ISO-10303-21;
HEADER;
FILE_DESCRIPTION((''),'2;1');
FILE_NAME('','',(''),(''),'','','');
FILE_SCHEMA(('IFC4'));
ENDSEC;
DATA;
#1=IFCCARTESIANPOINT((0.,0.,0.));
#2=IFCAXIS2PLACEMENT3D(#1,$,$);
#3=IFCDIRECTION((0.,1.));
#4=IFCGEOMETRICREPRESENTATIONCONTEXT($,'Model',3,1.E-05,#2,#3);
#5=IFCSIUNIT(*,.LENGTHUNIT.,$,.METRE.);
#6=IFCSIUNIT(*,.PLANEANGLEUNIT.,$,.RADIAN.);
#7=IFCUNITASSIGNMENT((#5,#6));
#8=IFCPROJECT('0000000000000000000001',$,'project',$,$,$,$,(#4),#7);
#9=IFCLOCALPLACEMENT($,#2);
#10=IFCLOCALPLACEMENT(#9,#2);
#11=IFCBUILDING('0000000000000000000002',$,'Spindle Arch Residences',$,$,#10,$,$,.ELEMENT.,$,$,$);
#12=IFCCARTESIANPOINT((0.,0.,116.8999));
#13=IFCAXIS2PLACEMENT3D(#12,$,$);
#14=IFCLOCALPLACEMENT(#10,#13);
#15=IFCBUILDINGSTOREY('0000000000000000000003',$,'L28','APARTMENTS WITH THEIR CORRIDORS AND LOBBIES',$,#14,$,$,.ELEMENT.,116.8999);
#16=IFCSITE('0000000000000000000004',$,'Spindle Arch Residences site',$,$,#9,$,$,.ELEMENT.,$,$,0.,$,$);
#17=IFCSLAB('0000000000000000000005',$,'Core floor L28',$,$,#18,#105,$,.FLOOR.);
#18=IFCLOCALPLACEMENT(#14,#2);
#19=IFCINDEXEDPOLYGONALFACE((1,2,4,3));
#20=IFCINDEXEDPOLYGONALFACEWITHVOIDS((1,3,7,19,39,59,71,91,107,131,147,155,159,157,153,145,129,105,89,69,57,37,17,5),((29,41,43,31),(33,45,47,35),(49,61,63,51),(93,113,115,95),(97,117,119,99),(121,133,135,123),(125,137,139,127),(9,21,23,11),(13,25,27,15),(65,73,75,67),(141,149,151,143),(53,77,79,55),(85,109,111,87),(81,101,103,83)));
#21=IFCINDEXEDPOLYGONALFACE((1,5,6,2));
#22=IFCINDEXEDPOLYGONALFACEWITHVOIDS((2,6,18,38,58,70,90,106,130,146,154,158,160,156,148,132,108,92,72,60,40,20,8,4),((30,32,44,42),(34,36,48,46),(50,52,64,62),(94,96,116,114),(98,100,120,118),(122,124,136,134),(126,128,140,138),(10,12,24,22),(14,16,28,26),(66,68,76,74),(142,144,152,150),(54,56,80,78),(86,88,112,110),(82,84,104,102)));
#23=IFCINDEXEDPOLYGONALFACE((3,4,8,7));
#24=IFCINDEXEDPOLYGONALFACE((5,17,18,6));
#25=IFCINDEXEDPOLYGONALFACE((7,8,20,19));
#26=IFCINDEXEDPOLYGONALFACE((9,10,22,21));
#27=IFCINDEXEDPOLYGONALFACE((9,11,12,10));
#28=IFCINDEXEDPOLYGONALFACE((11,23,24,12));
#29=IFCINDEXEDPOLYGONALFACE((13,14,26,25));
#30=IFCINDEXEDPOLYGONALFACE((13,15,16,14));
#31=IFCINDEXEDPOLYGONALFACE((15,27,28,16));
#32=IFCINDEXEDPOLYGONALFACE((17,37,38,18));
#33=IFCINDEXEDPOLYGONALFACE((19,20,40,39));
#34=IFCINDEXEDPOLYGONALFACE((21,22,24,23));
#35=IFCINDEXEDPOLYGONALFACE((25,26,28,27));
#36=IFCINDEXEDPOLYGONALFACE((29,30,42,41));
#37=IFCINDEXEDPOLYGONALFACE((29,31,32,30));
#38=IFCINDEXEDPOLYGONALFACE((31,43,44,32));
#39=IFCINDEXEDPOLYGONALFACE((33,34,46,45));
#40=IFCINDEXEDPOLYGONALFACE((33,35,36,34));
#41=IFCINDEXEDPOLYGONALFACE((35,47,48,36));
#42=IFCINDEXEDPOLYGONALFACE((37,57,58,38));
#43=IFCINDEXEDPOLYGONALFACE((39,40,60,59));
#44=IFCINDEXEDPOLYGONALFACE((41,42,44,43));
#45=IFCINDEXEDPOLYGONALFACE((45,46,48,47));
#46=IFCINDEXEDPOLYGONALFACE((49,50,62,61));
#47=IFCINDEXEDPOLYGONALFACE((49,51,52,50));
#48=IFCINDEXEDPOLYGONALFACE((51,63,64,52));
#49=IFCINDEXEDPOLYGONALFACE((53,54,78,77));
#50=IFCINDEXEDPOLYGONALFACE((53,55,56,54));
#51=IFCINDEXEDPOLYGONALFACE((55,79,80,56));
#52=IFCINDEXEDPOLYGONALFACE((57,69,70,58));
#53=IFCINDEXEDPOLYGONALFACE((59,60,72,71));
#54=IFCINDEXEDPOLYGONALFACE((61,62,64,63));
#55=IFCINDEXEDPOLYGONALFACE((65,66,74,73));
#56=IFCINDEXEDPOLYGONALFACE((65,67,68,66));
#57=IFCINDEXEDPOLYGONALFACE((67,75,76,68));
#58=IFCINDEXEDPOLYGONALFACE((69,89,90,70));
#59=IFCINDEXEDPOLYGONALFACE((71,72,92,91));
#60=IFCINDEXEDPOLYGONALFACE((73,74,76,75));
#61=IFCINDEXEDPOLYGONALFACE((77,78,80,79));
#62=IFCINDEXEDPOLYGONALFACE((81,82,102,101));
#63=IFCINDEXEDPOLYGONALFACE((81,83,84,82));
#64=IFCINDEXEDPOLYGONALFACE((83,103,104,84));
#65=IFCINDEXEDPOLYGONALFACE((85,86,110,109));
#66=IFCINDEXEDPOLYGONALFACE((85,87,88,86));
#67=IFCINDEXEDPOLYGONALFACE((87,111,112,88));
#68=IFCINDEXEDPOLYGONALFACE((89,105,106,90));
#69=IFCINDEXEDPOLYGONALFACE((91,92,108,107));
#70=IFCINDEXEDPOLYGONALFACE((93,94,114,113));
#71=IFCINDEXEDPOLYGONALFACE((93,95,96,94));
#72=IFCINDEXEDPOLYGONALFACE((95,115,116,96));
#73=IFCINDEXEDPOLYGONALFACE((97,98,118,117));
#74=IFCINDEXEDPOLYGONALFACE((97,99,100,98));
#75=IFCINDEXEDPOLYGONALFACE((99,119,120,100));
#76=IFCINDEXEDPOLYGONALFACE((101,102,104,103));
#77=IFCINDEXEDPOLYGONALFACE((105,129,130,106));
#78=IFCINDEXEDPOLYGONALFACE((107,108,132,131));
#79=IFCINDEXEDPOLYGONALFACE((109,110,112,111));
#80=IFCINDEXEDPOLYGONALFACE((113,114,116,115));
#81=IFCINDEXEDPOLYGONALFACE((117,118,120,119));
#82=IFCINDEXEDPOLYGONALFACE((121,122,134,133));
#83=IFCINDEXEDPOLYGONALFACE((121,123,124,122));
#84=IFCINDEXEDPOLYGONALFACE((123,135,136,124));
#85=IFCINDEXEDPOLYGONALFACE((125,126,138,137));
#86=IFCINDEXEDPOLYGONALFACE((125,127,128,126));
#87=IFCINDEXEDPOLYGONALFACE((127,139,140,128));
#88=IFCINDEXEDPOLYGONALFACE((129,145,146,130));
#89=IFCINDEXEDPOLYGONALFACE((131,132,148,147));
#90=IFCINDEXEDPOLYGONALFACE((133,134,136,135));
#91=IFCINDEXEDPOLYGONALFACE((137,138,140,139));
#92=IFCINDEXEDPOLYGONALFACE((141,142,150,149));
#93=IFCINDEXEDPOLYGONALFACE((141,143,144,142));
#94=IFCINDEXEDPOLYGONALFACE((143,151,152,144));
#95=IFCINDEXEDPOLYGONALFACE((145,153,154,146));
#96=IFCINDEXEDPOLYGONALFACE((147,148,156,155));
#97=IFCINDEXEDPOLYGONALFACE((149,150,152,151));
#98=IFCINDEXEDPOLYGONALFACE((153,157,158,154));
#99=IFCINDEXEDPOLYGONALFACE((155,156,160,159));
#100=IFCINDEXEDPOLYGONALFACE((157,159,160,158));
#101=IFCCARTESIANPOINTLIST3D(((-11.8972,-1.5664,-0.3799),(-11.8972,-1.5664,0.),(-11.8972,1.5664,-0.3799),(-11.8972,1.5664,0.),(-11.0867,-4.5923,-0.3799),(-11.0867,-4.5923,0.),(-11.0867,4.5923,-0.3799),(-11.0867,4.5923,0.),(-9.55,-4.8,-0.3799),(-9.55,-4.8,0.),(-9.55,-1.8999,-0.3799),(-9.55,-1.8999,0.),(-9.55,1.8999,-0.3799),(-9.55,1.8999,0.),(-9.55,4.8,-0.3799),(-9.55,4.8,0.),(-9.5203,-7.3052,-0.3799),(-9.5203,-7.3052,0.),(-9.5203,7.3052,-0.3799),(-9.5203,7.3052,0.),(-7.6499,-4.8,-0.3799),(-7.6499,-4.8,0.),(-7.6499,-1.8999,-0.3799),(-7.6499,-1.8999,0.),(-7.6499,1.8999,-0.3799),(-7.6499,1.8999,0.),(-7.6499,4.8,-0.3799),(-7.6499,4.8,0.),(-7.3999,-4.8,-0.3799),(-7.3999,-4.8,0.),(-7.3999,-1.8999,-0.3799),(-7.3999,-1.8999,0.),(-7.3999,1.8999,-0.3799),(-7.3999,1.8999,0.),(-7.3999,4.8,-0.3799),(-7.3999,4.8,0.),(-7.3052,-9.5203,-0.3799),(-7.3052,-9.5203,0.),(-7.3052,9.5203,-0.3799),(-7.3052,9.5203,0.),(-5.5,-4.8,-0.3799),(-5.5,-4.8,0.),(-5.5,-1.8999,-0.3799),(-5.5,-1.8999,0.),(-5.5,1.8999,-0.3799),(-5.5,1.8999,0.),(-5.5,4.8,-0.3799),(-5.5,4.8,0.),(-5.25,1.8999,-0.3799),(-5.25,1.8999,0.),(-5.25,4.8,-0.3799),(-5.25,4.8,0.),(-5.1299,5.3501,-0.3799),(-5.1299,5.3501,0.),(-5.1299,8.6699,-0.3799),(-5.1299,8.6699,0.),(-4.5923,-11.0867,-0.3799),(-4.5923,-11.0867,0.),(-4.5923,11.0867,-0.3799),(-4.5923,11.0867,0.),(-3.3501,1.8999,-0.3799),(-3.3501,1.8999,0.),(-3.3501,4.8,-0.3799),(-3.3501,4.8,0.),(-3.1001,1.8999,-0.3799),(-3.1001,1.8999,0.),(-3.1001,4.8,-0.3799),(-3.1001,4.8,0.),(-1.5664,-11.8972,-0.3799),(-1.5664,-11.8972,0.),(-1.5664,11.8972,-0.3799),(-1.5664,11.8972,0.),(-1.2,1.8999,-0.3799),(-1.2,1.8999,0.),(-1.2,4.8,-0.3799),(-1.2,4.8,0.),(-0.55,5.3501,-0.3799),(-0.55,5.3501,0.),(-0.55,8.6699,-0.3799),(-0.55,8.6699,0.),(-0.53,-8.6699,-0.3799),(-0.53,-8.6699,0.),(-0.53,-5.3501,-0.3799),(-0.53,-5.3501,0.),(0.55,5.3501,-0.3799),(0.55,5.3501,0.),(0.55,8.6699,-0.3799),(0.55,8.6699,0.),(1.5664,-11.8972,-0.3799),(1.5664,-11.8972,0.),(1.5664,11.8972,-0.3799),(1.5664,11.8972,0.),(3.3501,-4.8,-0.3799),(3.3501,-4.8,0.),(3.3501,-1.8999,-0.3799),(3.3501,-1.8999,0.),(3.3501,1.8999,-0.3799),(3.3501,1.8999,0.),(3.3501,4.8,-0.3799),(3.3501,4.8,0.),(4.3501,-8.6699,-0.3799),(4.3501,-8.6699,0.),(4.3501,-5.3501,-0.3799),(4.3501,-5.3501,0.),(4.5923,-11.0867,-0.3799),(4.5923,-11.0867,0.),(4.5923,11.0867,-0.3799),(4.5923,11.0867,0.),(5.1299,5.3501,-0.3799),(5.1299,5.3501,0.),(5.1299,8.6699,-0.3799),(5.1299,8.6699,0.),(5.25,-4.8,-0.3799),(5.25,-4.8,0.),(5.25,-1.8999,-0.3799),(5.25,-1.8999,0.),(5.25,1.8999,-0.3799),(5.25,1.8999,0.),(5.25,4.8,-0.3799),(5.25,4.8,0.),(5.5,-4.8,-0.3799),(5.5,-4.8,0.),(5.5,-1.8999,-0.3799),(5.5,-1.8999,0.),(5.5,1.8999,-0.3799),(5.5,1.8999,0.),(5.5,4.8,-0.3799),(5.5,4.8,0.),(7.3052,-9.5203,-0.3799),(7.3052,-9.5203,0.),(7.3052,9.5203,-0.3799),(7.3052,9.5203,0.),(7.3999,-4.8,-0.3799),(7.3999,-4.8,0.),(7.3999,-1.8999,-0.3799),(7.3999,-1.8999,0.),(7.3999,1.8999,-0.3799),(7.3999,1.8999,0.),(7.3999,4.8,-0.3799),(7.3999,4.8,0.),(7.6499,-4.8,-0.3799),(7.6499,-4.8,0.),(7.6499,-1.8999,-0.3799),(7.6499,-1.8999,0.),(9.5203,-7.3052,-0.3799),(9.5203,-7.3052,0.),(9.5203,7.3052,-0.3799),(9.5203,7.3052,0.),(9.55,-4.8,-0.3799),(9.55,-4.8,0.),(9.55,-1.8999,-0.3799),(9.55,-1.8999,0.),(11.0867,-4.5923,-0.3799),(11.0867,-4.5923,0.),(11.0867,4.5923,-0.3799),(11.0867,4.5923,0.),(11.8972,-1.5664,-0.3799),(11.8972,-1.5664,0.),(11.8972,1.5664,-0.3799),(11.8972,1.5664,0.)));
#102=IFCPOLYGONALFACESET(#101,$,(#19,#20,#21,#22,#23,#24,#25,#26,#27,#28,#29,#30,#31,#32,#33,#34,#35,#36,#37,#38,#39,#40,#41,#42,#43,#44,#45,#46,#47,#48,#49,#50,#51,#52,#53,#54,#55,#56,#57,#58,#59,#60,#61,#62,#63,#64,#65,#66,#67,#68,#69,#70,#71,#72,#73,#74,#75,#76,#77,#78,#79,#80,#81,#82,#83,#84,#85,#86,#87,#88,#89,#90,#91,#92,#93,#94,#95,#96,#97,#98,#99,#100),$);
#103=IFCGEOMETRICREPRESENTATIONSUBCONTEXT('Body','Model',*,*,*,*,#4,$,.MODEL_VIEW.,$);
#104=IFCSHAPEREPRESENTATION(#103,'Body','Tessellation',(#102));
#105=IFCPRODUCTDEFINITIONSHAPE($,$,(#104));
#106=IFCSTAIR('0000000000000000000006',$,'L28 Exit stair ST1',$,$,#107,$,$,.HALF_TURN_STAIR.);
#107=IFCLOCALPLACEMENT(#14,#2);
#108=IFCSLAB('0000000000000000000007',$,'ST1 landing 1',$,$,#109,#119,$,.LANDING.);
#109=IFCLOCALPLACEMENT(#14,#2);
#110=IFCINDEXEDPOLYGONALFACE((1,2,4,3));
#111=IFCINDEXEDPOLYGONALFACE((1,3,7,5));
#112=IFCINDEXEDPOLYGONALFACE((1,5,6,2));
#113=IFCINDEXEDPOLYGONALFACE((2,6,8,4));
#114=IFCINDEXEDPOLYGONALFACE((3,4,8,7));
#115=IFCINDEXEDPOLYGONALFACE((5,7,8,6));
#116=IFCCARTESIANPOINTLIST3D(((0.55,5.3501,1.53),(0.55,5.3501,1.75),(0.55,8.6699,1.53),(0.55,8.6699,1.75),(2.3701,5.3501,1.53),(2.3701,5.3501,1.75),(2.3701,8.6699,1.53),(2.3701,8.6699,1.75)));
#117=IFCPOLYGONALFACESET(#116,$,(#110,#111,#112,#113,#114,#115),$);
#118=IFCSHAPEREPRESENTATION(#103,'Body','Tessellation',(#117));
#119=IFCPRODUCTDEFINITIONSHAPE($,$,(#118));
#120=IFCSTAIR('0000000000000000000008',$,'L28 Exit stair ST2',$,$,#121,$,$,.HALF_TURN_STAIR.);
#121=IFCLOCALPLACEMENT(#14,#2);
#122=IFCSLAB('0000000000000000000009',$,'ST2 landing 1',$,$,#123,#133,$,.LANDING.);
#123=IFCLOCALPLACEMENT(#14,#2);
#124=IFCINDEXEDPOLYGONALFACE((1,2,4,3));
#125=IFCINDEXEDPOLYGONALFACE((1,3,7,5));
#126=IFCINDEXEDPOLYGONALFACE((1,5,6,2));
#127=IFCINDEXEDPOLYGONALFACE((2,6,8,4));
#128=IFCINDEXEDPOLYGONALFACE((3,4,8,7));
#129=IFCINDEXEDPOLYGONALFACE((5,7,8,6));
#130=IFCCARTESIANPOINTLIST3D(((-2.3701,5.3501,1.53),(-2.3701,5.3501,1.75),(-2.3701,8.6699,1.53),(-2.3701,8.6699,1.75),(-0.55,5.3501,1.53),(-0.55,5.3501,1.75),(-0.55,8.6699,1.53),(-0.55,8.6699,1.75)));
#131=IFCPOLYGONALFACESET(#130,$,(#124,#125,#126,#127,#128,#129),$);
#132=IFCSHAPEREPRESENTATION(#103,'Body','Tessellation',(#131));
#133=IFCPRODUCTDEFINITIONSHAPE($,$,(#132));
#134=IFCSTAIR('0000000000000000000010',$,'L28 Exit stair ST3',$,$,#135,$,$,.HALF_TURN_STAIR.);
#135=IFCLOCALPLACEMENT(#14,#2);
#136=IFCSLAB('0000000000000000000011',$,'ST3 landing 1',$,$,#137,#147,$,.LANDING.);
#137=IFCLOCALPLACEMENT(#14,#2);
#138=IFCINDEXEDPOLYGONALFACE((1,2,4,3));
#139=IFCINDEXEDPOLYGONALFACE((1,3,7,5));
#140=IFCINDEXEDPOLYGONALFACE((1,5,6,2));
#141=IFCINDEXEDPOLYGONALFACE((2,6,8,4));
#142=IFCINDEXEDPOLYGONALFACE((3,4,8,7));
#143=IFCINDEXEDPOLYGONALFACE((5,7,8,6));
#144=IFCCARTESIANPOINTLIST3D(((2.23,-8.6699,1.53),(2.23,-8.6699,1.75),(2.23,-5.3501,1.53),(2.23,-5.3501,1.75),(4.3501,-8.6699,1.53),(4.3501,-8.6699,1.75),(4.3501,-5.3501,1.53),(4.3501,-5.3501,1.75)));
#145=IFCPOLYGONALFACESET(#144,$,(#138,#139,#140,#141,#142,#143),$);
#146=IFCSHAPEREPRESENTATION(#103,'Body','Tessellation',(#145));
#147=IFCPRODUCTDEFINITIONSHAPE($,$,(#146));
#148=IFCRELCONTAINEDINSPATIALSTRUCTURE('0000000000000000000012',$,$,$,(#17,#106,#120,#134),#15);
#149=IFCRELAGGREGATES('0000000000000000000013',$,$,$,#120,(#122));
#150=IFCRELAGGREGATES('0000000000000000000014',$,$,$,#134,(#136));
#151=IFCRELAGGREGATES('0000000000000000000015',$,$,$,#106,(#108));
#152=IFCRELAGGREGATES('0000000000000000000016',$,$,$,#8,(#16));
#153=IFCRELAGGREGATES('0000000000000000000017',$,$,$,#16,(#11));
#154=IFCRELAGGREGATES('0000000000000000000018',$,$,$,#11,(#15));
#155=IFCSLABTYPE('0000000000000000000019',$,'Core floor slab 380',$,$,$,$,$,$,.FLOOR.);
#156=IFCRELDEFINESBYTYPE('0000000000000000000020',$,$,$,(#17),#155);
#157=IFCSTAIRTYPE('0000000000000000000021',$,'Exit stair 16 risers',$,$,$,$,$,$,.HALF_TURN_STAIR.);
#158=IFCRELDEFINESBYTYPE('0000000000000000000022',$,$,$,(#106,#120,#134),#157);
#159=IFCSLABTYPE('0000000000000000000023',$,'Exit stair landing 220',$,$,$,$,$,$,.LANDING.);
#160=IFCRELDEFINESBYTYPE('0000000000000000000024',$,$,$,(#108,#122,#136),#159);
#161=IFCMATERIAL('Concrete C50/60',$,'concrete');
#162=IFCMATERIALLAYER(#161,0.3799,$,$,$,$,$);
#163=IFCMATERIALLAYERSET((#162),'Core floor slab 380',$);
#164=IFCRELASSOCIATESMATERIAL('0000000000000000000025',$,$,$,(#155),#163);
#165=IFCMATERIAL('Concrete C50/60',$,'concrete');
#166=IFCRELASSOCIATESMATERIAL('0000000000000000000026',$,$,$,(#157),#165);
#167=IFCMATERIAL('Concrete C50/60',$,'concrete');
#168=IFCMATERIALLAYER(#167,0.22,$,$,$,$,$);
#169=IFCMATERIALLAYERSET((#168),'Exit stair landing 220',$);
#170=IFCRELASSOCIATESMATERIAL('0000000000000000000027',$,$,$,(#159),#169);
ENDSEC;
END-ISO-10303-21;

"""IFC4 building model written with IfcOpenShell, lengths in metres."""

from ifc_helpers import new_model, si_unit, direction, frame, origin, place, context, subcontext, project, spatial, polyline, outline, extrude, material, layer, layer_set, type_object, element, aggregate, save


model = new_model("IFC4")

# Units and contexts
model_context = context("Model", 3, precision=1e-05, world=origin(), true_north=direction((0.0, 1.0)))
body_context = subcontext(model_context, "Body", "Model", "MODEL_VIEW")
ifc_project = project(units=[si_unit("LENGTHUNIT", "METRE"), si_unit("PLANEANGLEUNIT", "RADIAN")], contexts=[model_context])

# Site, building, storey
site_placement = place(None, origin())
site = spatial("IfcSite", under=ifc_project, at=site_placement, Name="Spindle Arch Residences site", CompositionType="ELEMENT", RefElevation=0.0)
building_placement = place(site_placement, origin())
building = spatial("IfcBuilding", under=site, at=building_placement, Name="Spindle Arch Residences", CompositionType="ELEMENT")
storey_placement = place(building_placement, frame((0.0, 0.0, 116.8999)))
storey = spatial("IfcBuildingStorey", under=building, at=storey_placement, Name="L28", Description="APARTMENTS WITH THEIR CORRIDORS AND LOBBIES", CompositionType="ELEMENT", Elevation=116.8999)

# Slab
ifc_material_1 = material(Name="Concrete C50/60", Category="concrete")
ifc_layer_1 = layer(ifc_material_1, 0.3799)
ifc_layer_set_1 = layer_set([ifc_layer_1], Name="Core floor slab 380")
slab_type_1 = type_object("IfcSlabType", Name="Core floor slab 380", PredefinedType="FLOOR", material=ifc_layer_set_1)
slab_1_placement = place(storey_placement, frame((0.0, 0.0, -0.3799)))
element("IfcSlab", 1, at=slab_1_placement, inside=storey, type_object=slab_type_1, Name="Core floor L28", PredefinedType="FLOOR", context=body_context, shape_type="SweptSolid", body=[
    extrude(outline(polyline([(1.5664, -11.8972), (4.5923, -11.0867), (7.3052, -9.5203), (9.5203, -7.3052), (11.0867, -4.5923), (11.8972, -1.5664), (11.8972, 1.5664), (11.0867, 4.5923), (9.5203, 7.3052), (7.3052, 9.5203), (4.5923, 11.0867), (1.5664, 11.8972), (-1.5664, 11.8972), (-4.5923, 11.0867), (-7.3052, 9.5203), (-9.5203, 7.3052), (-11.0867, 4.5923), (-11.8972, 1.5664), (-11.8972, -1.5664), (-11.0867, -4.5923), (-9.5203, -7.3052), (-7.3052, -9.5203), (-4.5923, -11.0867), (-1.5664, -11.8972), (1.5664, -11.8972)]), holes=[polyline([(-9.55, 1.8999), (-7.6499, 1.8999), (-7.6499, 4.8), (-9.55, 4.8), (-9.55, 1.8999)]), polyline([(-7.3999, 1.8999), (-5.5, 1.8999), (-5.5, 4.8), (-7.3999, 4.8), (-7.3999, 1.8999)]), polyline([(-5.25, 1.8999), (-3.3501, 1.8999), (-3.3501, 4.8), (-5.25, 4.8), (-5.25, 1.8999)]), polyline([(-3.1001, 1.8999), (-1.2, 1.8999), (-1.2, 4.8), (-3.1001, 4.8), (-3.1001, 1.8999)]), polyline([(3.3501, 1.8999), (5.25, 1.8999), (5.25, 4.8), (3.3501, 4.8), (3.3501, 1.8999)]), polyline([(5.5, 1.8999), (7.3999, 1.8999), (7.3999, 4.8), (5.5, 4.8), (5.5, 1.8999)]), polyline([(-9.55, -4.8), (-7.6499, -4.8), (-7.6499, -1.8999), (-9.55, -1.8999), (-9.55, -4.8)]), polyline([(-7.3999, -4.8), (-5.5, -4.8), (-5.5, -1.8999), (-7.3999, -1.8999), (-7.3999, -4.8)]), polyline([(3.3501, -4.8), (5.25, -4.8), (5.25, -1.8999), (3.3501, -1.8999), (3.3501, -4.8)]), polyline([(5.5, -4.8), (7.3999, -4.8), (7.3999, -1.8999), (5.5, -1.8999), (5.5, -4.8)]), polyline([(7.6499, -4.8), (9.55, -4.8), (9.55, -1.8999), (7.6499, -1.8999), (7.6499, -4.8)]), polyline([(5.1299, 8.6699), (0.55, 8.6699), (0.55, 5.3501), (5.1299, 5.3501), (5.1299, 8.6699)]), polyline([(-5.1299, 5.3501), (-0.55, 5.3501), (-0.55, 8.6699), (-5.1299, 8.6699), (-5.1299, 5.3501)]), polyline([(-0.53, -8.6699), (4.3501, -8.6699), (4.3501, -5.3501), (-0.53, -5.3501), (-0.53, -8.6699)])]), origin(), (0.0, 0.0, 1.0), 0.3799),
])

# Stairs, slabs
ifc_material_2 = material(Name="Concrete C50/60", Category="concrete")
stair_type = type_object("IfcStairType", Name="Exit stair 16 risers", PredefinedType="HALF_TURN_STAIR", material=ifc_material_2)
stair_1_placement = place(storey_placement, origin())
stair_1 = element("IfcStair", 2, at=stair_1_placement, inside=storey, type_object=stair_type, Name="L28 Exit stair ST1", PredefinedType="HALF_TURN_STAIR")
ifc_material_3 = material(Name="Concrete C50/60", Category="concrete")
ifc_layer_2 = layer(ifc_material_3, 0.22)
ifc_layer_set_2 = layer_set([ifc_layer_2], Name="Exit stair landing 220")
slab_type_2 = type_object("IfcSlabType", Name="Exit stair landing 220", PredefinedType="LANDING", material=ifc_layer_set_2)
slab_2_placement = place(storey_placement, frame((0.0, 0.0, 1.53)))
slab_2 = element("IfcSlab", 3, at=slab_2_placement, type_object=slab_type_2, Name="ST1 landing 1", PredefinedType="LANDING", context=body_context, shape_type="SweptSolid", body=[
    extrude(outline(polyline([(2.3701, 8.6699), (0.55, 8.6699), (0.55, 5.3501), (2.3701, 5.3501), (2.3701, 8.6699)])), origin(), (0.0, 0.0, 1.0), 0.22),
])
stair_2_placement = place(storey_placement, origin())
stair_2 = element("IfcStair", 4, at=stair_2_placement, inside=storey, type_object=stair_type, Name="L28 Exit stair ST2", PredefinedType="HALF_TURN_STAIR")
slab_3_placement = place(storey_placement, frame((0.0, 0.0, 1.53)))
slab_3 = element("IfcSlab", 5, at=slab_3_placement, type_object=slab_type_2, Name="ST2 landing 1", PredefinedType="LANDING", context=body_context, shape_type="SweptSolid", body=[
    extrude(outline(polyline([(-2.3701, 5.3501), (-0.55, 5.3501), (-0.55, 8.6699), (-2.3701, 8.6699), (-2.3701, 5.3501)])), origin(), (0.0, 0.0, 1.0), 0.22),
])
aggregate(stair_2, [slab_3])
stair_3_placement = place(storey_placement, origin())
stair_3 = element("IfcStair", 6, at=stair_3_placement, inside=storey, type_object=stair_type, Name="L28 Exit stair ST3", PredefinedType="HALF_TURN_STAIR")
slab_4_placement = place(storey_placement, frame((0.0, 0.0, 1.53)))
slab_4 = element("IfcSlab", 7, at=slab_4_placement, type_object=slab_type_2, Name="ST3 landing 1", PredefinedType="LANDING", context=body_context, shape_type="SweptSolid", body=[
    extrude(outline(polyline([(2.23, -8.6699), (4.3501, -8.6699), (4.3501, -5.3501), (2.23, -5.3501), (2.23, -8.6699)])), origin(), (0.0, 0.0, 1.0), 0.22),
])
aggregate(stair_3, [slab_4])

aggregate(stair_1, [slab_2])

save(model, "model.ifc")
